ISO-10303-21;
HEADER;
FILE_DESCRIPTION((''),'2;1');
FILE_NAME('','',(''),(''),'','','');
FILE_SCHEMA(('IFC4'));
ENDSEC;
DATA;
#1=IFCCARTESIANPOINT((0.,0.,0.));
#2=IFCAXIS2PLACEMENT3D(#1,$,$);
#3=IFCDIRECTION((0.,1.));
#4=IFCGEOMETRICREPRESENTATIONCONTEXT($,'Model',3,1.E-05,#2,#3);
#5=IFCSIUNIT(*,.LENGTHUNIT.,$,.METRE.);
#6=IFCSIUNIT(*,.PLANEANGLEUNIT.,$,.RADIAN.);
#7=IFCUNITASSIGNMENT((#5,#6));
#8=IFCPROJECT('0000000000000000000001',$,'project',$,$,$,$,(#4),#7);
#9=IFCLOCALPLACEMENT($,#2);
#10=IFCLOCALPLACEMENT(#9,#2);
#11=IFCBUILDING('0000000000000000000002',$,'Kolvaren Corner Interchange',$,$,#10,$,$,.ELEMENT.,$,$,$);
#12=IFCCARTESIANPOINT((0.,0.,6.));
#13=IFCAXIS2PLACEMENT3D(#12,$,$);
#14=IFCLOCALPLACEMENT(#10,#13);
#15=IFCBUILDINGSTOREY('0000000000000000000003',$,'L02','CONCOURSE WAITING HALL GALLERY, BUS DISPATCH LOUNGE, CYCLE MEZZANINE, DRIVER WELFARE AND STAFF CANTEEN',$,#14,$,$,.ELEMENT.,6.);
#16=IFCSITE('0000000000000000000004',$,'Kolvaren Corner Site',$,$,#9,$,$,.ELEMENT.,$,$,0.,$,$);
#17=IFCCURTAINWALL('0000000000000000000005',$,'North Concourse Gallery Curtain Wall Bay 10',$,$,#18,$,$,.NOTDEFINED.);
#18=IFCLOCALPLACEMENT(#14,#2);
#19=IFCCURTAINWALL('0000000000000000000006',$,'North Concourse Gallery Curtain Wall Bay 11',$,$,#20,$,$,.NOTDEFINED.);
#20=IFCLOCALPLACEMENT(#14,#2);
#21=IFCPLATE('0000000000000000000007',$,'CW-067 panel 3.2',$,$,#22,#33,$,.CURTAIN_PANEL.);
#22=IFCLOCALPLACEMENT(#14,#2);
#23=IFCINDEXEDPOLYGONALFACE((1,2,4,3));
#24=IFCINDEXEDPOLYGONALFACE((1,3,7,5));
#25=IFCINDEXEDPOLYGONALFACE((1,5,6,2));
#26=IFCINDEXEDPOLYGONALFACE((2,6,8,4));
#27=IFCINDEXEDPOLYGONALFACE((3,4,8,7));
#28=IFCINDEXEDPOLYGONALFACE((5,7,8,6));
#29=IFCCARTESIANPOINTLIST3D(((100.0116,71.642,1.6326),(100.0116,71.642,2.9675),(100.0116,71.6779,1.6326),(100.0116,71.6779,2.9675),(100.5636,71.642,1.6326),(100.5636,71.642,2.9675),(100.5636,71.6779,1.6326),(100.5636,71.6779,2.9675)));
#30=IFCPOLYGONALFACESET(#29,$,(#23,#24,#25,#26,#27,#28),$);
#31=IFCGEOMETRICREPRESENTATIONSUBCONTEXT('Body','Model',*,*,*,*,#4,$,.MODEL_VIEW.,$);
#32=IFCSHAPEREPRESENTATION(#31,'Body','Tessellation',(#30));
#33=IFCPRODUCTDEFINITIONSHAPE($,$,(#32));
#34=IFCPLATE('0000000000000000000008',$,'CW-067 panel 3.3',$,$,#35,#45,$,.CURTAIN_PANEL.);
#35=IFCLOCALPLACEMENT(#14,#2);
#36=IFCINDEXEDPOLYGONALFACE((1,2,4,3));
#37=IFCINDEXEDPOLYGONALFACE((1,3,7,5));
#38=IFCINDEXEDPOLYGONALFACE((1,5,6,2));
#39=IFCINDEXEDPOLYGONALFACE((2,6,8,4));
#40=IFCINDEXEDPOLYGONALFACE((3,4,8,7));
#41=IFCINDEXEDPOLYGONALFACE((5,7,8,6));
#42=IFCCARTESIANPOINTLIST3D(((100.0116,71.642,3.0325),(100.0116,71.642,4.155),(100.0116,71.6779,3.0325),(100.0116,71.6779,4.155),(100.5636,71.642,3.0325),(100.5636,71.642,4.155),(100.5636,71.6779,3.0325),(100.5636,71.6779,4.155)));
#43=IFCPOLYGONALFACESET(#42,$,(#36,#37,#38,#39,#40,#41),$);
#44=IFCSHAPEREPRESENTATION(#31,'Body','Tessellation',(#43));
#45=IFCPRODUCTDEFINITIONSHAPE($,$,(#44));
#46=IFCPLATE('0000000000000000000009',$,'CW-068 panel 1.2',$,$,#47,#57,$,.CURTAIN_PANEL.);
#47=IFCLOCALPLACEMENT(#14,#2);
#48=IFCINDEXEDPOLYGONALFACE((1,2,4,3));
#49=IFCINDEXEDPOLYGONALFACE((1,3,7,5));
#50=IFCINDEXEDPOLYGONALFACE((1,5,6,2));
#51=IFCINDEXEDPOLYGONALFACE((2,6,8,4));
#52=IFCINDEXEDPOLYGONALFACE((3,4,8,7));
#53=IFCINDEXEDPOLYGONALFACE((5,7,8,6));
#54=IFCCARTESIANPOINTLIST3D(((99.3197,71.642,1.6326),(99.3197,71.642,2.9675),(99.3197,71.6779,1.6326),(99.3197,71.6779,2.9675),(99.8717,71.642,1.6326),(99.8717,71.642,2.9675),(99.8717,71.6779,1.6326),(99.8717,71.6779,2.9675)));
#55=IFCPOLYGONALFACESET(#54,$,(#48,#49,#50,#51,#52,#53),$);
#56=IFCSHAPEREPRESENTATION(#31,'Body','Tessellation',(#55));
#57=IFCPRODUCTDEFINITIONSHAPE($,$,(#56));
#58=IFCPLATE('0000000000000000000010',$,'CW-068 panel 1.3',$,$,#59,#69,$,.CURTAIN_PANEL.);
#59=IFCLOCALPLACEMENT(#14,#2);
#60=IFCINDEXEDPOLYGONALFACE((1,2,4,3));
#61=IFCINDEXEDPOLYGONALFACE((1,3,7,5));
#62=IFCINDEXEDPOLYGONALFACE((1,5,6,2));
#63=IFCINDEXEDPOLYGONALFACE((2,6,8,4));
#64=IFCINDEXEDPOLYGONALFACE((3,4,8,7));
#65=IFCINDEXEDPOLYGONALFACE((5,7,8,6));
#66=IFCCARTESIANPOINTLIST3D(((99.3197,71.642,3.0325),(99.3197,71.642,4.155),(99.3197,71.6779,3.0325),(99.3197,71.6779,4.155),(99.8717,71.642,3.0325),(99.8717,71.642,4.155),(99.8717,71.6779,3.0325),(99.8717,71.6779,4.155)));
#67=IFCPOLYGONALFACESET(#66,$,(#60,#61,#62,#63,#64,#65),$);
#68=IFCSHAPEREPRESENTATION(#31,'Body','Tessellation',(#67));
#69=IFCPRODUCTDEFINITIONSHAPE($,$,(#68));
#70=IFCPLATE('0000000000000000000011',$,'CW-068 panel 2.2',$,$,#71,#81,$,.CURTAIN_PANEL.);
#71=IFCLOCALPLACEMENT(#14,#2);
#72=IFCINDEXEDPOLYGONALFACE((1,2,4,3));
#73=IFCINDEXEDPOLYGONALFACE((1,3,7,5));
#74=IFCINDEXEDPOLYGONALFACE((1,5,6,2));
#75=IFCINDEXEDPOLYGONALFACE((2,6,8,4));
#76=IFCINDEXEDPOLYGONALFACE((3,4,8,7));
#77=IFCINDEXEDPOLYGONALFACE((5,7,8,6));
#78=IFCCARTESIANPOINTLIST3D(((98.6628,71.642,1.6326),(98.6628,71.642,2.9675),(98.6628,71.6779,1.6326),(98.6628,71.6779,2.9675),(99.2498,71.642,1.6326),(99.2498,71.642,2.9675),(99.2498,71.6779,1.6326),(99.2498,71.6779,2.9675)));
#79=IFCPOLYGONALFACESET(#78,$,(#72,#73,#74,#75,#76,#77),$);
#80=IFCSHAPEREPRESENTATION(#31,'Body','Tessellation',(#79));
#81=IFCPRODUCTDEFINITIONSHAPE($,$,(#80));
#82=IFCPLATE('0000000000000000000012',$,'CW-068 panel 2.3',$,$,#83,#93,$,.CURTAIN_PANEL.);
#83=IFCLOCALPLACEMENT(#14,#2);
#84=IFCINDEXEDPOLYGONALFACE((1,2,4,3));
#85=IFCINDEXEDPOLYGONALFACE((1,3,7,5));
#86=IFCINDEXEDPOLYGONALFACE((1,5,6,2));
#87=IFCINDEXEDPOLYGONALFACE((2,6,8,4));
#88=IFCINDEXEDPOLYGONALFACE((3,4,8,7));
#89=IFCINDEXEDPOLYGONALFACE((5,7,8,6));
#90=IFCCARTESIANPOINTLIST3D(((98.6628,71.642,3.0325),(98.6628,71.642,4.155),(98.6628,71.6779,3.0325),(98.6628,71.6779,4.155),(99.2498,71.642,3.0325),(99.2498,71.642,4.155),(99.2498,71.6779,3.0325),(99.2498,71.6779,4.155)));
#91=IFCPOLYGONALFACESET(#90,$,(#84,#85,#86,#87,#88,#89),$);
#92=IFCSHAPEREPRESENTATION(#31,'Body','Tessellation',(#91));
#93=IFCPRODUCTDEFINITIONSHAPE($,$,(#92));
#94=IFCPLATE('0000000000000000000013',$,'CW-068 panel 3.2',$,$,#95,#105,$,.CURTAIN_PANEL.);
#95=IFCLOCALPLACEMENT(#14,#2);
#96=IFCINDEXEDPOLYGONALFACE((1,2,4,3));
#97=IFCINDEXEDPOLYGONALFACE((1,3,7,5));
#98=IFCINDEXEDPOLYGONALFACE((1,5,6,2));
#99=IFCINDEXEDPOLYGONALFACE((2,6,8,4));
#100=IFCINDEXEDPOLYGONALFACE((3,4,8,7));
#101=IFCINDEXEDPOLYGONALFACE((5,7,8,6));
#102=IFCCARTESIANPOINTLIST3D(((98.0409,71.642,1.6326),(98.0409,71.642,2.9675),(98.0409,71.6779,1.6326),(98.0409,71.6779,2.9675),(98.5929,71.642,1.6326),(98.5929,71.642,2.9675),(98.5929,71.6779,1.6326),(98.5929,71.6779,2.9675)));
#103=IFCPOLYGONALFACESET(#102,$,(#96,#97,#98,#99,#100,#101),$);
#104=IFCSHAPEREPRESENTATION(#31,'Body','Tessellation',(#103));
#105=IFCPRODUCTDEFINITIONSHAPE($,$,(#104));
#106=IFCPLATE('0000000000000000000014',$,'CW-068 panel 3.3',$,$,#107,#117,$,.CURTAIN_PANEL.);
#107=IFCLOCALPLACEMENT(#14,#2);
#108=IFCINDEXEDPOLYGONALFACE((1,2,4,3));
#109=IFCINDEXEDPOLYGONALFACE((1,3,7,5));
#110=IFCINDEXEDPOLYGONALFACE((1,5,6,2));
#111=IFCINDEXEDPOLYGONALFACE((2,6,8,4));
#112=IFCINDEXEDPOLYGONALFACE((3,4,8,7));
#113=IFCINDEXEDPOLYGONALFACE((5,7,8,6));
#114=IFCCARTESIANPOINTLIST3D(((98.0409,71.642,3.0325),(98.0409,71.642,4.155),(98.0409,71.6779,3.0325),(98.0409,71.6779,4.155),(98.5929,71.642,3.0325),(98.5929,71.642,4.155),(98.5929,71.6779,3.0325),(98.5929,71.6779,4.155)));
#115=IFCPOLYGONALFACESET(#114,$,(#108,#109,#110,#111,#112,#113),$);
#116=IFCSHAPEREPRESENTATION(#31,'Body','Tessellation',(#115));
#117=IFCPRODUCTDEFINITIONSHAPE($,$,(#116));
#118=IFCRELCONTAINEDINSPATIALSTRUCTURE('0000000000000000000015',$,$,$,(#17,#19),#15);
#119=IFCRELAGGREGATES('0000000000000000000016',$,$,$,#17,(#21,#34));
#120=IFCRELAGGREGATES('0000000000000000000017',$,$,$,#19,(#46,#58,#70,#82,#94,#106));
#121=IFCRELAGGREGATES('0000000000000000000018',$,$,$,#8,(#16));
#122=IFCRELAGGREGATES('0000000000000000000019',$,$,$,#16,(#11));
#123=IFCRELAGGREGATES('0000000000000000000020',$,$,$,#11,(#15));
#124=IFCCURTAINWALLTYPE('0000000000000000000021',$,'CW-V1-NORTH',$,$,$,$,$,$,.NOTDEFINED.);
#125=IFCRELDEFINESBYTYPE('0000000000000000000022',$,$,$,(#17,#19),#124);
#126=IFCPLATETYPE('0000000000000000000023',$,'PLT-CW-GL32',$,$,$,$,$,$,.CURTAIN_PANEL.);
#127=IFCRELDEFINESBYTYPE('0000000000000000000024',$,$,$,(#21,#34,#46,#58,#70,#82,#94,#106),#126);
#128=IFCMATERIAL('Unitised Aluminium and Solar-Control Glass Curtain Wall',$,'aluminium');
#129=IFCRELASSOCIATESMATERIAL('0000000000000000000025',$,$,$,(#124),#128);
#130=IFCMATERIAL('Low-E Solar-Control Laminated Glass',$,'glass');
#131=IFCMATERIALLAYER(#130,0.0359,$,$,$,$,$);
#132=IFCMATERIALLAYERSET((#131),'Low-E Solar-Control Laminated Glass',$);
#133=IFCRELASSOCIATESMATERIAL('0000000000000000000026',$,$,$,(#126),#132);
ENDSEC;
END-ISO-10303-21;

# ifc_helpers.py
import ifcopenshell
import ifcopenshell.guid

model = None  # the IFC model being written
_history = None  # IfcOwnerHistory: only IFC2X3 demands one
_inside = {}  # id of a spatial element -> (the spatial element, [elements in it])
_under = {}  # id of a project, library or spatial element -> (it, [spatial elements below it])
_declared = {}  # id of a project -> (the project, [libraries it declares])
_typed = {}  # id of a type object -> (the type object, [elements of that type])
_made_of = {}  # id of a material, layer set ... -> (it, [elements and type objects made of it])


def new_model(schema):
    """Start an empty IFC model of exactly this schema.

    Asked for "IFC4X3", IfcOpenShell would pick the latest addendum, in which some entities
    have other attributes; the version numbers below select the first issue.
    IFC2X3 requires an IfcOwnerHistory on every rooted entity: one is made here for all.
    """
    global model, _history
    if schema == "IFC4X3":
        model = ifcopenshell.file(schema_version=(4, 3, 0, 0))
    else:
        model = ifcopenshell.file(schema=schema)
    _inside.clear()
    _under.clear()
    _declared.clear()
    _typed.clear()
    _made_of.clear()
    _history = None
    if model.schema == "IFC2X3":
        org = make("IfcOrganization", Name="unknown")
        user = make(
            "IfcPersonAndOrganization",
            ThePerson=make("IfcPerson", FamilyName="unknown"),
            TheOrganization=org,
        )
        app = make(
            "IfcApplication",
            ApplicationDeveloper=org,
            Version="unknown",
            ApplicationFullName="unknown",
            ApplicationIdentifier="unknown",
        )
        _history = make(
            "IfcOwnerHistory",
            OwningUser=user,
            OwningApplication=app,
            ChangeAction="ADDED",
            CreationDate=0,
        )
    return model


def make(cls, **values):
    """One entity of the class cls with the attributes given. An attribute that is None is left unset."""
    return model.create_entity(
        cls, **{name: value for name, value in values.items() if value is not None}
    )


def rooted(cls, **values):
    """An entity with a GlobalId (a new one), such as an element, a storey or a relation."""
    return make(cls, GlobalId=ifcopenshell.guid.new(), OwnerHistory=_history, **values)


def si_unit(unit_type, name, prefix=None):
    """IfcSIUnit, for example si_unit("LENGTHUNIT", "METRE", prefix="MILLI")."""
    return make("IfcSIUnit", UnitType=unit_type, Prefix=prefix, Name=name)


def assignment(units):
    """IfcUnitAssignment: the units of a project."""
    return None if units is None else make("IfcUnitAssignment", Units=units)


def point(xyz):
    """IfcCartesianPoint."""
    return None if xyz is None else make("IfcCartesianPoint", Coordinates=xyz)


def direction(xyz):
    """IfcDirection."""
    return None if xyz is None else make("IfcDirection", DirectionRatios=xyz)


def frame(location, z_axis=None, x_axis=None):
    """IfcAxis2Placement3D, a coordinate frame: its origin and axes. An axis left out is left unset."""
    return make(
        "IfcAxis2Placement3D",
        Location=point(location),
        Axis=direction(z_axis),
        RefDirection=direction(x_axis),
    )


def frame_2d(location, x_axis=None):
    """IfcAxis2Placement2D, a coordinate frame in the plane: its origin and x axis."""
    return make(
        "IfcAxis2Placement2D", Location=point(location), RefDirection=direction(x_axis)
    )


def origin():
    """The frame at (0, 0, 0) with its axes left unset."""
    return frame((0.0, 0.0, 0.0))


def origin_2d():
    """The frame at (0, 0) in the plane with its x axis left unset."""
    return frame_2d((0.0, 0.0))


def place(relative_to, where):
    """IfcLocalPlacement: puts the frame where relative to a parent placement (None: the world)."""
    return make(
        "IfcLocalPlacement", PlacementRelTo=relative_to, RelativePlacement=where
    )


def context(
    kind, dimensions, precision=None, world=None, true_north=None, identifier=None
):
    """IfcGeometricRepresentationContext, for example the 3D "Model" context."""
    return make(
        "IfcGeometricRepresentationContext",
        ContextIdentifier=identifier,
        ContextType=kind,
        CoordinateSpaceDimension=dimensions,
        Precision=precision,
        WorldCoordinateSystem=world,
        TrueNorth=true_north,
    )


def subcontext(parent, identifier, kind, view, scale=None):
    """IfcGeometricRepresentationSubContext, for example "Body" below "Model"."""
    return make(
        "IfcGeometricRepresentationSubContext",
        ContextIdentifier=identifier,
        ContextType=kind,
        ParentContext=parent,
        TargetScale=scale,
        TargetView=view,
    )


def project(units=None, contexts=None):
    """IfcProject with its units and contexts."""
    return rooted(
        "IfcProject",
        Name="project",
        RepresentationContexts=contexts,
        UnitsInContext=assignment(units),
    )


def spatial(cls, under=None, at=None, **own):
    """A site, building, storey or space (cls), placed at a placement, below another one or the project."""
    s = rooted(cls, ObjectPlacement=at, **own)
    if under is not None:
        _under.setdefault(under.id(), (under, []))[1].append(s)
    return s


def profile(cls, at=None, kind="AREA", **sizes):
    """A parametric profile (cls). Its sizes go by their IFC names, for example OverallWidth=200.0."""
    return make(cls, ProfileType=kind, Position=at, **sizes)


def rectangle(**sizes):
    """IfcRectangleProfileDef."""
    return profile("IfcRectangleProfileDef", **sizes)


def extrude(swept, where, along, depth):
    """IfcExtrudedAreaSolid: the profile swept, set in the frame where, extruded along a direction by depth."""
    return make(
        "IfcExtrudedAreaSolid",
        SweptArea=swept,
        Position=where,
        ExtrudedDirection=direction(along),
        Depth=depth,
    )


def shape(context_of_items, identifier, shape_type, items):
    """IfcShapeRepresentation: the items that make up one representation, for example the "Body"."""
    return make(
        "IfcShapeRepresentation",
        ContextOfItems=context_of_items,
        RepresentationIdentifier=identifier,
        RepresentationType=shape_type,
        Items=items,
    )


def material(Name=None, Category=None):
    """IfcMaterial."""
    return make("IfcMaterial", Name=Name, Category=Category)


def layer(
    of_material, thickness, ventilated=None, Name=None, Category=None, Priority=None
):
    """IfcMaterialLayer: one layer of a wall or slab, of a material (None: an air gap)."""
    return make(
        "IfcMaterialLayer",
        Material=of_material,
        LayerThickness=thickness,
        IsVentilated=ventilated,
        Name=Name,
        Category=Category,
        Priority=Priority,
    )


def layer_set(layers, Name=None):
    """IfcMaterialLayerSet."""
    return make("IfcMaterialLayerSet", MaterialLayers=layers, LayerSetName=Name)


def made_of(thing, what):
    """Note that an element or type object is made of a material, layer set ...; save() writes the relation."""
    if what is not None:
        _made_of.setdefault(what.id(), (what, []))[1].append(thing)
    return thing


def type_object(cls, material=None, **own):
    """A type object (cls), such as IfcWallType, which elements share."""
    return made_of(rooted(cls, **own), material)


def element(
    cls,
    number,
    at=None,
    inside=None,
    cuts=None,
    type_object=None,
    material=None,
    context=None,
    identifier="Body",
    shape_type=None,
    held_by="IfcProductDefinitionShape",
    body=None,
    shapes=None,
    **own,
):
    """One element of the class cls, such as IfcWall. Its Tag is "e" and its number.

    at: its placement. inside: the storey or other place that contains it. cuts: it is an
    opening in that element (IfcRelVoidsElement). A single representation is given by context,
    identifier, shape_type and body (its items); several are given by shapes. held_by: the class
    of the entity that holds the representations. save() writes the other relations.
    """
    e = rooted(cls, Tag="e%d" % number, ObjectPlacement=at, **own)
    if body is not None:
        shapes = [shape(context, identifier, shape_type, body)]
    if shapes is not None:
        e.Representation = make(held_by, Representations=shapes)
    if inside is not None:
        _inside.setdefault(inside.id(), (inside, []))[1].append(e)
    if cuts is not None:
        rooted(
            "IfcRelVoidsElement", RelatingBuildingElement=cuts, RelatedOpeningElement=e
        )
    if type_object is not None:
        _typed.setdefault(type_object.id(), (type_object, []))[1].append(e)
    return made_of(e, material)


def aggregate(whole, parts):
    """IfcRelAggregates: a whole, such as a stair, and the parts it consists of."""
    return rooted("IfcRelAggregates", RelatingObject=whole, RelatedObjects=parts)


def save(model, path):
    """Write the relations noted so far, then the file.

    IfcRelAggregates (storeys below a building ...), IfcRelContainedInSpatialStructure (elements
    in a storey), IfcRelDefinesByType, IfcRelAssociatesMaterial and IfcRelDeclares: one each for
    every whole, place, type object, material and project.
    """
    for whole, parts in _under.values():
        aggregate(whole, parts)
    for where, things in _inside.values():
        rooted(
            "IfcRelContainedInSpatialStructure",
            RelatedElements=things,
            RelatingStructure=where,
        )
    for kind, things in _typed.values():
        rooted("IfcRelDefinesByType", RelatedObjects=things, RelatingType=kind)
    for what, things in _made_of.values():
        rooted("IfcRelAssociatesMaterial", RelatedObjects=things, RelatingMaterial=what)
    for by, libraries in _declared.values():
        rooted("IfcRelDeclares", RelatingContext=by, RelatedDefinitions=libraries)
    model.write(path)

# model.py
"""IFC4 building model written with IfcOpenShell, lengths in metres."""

from ifc_helpers import new_model, si_unit, direction, frame, origin, origin_2d, place, context, subcontext, project, spatial, rectangle, extrude, material, layer, layer_set, type_object, element, aggregate, save


model = new_model("IFC4")

# Units and contexts
model_context = context("Model", 3, precision=1e-05, world=origin(), true_north=direction((0.0, 1.0)))
body_context = subcontext(model_context, "Body", "Model", "MODEL_VIEW")
ifc_project = project(units=[si_unit("LENGTHUNIT", "METRE"), si_unit("PLANEANGLEUNIT", "RADIAN")], contexts=[model_context])

# Site, building, storey
site_placement = place(None, origin())
site = spatial("IfcSite", under=ifc_project, at=site_placement, Name="Kolvaren Corner Site", CompositionType="ELEMENT", RefElevation=0.0)
building_placement = place(site_placement, origin())
building = spatial("IfcBuilding", under=site, at=building_placement, Name="Kolvaren Corner Interchange", CompositionType="ELEMENT")
storey_placement = place(building_placement, frame((0.0, 0.0, 6.0)))
storey = spatial("IfcBuildingStorey", under=building, at=storey_placement, Name="L02", Description="CONCOURSE WAITING HALL GALLERY, BUS DISPATCH LOUNGE, CYCLE MEZZANINE, DRIVER WELFARE AND STAFF CANTEEN", CompositionType="ELEMENT", Elevation=6.0)

# Curtain walls
ifc_material_1 = material(Name="Unitised Aluminium and Solar-Control Glass Curtain Wall", Category="aluminium")
curtain_wall_type = type_object("IfcCurtainWallType", Name="CW-V1-NORTH", PredefinedType="NOTDEFINED", material=ifc_material_1)
curtain_wall_1_placement = place(storey_placement, origin())
curtain_wall_1 = element("IfcCurtainWall", 1, at=curtain_wall_1_placement, inside=storey, type_object=curtain_wall_type, Name="North Concourse Gallery Curtain Wall Bay 10", PredefinedType="NOTDEFINED")
curtain_wall_2_placement = place(storey_placement, origin())
curtain_wall_2 = element("IfcCurtainWall", 2, at=curtain_wall_2_placement, inside=storey, type_object=curtain_wall_type, Name="North Concourse Gallery Curtain Wall Bay 11", PredefinedType="NOTDEFINED")

# Plates
ifc_material_2 = material(Name="Low-E Solar-Control Laminated Glass", Category="glass")
ifc_layer = layer(ifc_material_2, 0.0359)
ifc_layer_set = layer_set([ifc_layer], Name="Low-E Solar-Control Laminated Glass")
plate_type = type_object("IfcPlateType", Name="PLT-CW-GL32", PredefinedType="CURTAIN_PANEL", material=ifc_layer_set)
plate_1_placement = place(storey_placement, frame((100.2876, 71.6599, 1.6326), z_axis=(0.0, 0.0, 1.0), x_axis=(-1.0, 0.0, 0.0)))
plate_1 = element("IfcPlate", 3, at=plate_1_placement, type_object=plate_type, Name="CW-067 panel 3.2", PredefinedType="CURTAIN_PANEL", context=body_context, shape_type="SweptSolid", body=[
    extrude(rectangle(XDim=0.552, YDim=0.0359, at=origin_2d()), origin(), (0.0, 0.0, 1.0), 1.335),
])
plate_2_placement = place(storey_placement, frame((100.2876, 71.6599, 3.0325), z_axis=(0.0, 0.0, 1.0), x_axis=(-1.0, 0.0, 0.0)))
plate_2 = element("IfcPlate", 4, at=plate_2_placement, type_object=plate_type, Name="CW-067 panel 3.3", PredefinedType="CURTAIN_PANEL", context=body_context, shape_type="SweptSolid", body=[
    extrude(rectangle(XDim=0.552, YDim=0.0359, at=origin_2d()), origin(), (0.0, 0.0, 1.0), 1.1226),
])
aggregate(curtain_wall_1, [plate_1, plate_2])
plate_3_placement = place(storey_placement, frame((99.5957, 71.6599, 1.6326), z_axis=(0.0, 0.0, 1.0), x_axis=(-1.0, 0.0, 0.0)))
plate_3 = element("IfcPlate", 5, at=plate_3_placement, type_object=plate_type, Name="CW-068 panel 1.2", PredefinedType="CURTAIN_PANEL", context=body_context, shape_type="SweptSolid", body=[
    extrude(rectangle(XDim=0.552, YDim=0.0359, at=origin_2d()), origin(), (0.0, 0.0, 1.0), 1.335),
])
plate_4_placement = place(storey_placement, frame((99.5957, 71.6599, 3.0325), z_axis=(0.0, 0.0, 1.0), x_axis=(-1.0, 0.0, 0.0)))
plate_4 = element("IfcPlate", 6, at=plate_4_placement, type_object=plate_type, Name="CW-068 panel 1.3", PredefinedType="CURTAIN_PANEL", context=body_context, shape_type="SweptSolid", body=[
    extrude(rectangle(XDim=0.552, YDim=0.0359, at=origin_2d()), origin(), (0.0, 0.0, 1.0), 1.1226),
])
plate_5_placement = place(storey_placement, frame((98.9563, 71.6599, 1.6326), z_axis=(0.0, 0.0, 1.0), x_axis=(-1.0, 0.0, 0.0)))
plate_5 = element("IfcPlate", 7, at=plate_5_placement, type_object=plate_type, Name="CW-068 panel 2.2", PredefinedType="CURTAIN_PANEL", context=body_context, shape_type="SweptSolid", body=[
    extrude(rectangle(XDim=0.5869, YDim=0.0359, at=origin_2d()), origin(), (0.0, 0.0, 1.0), 1.335),
])
plate_6_placement = place(storey_placement, frame((98.9563, 71.6599, 3.0325), z_axis=(0.0, 0.0, 1.0), x_axis=(-1.0, 0.0, 0.0)))
plate_6 = element("IfcPlate", 8, at=plate_6_placement, type_object=plate_type, Name="CW-068 panel 2.3", PredefinedType="CURTAIN_PANEL", context=body_context, shape_type="SweptSolid", body=[
    extrude(rectangle(XDim=0.5869, YDim=0.0359, at=origin_2d()), origin(), (0.0, 0.0, 1.0), 1.1226),
])
plate_7_placement = place(storey_placement, frame((98.3169, 71.6599, 1.6326), z_axis=(0.0, 0.0, 1.0), x_axis=(-1.0, 0.0, 0.0)))
plate_7 = element("IfcPlate", 9, at=plate_7_placement, type_object=plate_type, Name="CW-068 panel 3.2", PredefinedType="CURTAIN_PANEL", context=body_context, shape_type="SweptSolid", body=[
    extrude(rectangle(XDim=0.552, YDim=0.0359, at=origin_2d()), origin(), (0.0, 0.0, 1.0), 1.335),
])
plate_8_placement = place(storey_placement, frame((98.3169, 71.6599, 3.0325), z_axis=(0.0, 0.0, 1.0), x_axis=(-1.0, 0.0, 0.0)))
plate_8 = element("IfcPlate", 10, at=plate_8_placement, type_object=plate_type, Name="CW-068 panel 3.3", PredefinedType="CURTAIN_PANEL", context=body_context, shape_type="SweptSolid", body=[
    extrude(rectangle(XDim=0.552, YDim=0.0359, at=origin_2d()), origin(), (0.0, 0.0, 1.0), 1.1226),
])
aggregate(curtain_wall_2, [plate_3, plate_4, plate_5, plate_6, plate_7, plate_8])

save(model, "model.ifc")
